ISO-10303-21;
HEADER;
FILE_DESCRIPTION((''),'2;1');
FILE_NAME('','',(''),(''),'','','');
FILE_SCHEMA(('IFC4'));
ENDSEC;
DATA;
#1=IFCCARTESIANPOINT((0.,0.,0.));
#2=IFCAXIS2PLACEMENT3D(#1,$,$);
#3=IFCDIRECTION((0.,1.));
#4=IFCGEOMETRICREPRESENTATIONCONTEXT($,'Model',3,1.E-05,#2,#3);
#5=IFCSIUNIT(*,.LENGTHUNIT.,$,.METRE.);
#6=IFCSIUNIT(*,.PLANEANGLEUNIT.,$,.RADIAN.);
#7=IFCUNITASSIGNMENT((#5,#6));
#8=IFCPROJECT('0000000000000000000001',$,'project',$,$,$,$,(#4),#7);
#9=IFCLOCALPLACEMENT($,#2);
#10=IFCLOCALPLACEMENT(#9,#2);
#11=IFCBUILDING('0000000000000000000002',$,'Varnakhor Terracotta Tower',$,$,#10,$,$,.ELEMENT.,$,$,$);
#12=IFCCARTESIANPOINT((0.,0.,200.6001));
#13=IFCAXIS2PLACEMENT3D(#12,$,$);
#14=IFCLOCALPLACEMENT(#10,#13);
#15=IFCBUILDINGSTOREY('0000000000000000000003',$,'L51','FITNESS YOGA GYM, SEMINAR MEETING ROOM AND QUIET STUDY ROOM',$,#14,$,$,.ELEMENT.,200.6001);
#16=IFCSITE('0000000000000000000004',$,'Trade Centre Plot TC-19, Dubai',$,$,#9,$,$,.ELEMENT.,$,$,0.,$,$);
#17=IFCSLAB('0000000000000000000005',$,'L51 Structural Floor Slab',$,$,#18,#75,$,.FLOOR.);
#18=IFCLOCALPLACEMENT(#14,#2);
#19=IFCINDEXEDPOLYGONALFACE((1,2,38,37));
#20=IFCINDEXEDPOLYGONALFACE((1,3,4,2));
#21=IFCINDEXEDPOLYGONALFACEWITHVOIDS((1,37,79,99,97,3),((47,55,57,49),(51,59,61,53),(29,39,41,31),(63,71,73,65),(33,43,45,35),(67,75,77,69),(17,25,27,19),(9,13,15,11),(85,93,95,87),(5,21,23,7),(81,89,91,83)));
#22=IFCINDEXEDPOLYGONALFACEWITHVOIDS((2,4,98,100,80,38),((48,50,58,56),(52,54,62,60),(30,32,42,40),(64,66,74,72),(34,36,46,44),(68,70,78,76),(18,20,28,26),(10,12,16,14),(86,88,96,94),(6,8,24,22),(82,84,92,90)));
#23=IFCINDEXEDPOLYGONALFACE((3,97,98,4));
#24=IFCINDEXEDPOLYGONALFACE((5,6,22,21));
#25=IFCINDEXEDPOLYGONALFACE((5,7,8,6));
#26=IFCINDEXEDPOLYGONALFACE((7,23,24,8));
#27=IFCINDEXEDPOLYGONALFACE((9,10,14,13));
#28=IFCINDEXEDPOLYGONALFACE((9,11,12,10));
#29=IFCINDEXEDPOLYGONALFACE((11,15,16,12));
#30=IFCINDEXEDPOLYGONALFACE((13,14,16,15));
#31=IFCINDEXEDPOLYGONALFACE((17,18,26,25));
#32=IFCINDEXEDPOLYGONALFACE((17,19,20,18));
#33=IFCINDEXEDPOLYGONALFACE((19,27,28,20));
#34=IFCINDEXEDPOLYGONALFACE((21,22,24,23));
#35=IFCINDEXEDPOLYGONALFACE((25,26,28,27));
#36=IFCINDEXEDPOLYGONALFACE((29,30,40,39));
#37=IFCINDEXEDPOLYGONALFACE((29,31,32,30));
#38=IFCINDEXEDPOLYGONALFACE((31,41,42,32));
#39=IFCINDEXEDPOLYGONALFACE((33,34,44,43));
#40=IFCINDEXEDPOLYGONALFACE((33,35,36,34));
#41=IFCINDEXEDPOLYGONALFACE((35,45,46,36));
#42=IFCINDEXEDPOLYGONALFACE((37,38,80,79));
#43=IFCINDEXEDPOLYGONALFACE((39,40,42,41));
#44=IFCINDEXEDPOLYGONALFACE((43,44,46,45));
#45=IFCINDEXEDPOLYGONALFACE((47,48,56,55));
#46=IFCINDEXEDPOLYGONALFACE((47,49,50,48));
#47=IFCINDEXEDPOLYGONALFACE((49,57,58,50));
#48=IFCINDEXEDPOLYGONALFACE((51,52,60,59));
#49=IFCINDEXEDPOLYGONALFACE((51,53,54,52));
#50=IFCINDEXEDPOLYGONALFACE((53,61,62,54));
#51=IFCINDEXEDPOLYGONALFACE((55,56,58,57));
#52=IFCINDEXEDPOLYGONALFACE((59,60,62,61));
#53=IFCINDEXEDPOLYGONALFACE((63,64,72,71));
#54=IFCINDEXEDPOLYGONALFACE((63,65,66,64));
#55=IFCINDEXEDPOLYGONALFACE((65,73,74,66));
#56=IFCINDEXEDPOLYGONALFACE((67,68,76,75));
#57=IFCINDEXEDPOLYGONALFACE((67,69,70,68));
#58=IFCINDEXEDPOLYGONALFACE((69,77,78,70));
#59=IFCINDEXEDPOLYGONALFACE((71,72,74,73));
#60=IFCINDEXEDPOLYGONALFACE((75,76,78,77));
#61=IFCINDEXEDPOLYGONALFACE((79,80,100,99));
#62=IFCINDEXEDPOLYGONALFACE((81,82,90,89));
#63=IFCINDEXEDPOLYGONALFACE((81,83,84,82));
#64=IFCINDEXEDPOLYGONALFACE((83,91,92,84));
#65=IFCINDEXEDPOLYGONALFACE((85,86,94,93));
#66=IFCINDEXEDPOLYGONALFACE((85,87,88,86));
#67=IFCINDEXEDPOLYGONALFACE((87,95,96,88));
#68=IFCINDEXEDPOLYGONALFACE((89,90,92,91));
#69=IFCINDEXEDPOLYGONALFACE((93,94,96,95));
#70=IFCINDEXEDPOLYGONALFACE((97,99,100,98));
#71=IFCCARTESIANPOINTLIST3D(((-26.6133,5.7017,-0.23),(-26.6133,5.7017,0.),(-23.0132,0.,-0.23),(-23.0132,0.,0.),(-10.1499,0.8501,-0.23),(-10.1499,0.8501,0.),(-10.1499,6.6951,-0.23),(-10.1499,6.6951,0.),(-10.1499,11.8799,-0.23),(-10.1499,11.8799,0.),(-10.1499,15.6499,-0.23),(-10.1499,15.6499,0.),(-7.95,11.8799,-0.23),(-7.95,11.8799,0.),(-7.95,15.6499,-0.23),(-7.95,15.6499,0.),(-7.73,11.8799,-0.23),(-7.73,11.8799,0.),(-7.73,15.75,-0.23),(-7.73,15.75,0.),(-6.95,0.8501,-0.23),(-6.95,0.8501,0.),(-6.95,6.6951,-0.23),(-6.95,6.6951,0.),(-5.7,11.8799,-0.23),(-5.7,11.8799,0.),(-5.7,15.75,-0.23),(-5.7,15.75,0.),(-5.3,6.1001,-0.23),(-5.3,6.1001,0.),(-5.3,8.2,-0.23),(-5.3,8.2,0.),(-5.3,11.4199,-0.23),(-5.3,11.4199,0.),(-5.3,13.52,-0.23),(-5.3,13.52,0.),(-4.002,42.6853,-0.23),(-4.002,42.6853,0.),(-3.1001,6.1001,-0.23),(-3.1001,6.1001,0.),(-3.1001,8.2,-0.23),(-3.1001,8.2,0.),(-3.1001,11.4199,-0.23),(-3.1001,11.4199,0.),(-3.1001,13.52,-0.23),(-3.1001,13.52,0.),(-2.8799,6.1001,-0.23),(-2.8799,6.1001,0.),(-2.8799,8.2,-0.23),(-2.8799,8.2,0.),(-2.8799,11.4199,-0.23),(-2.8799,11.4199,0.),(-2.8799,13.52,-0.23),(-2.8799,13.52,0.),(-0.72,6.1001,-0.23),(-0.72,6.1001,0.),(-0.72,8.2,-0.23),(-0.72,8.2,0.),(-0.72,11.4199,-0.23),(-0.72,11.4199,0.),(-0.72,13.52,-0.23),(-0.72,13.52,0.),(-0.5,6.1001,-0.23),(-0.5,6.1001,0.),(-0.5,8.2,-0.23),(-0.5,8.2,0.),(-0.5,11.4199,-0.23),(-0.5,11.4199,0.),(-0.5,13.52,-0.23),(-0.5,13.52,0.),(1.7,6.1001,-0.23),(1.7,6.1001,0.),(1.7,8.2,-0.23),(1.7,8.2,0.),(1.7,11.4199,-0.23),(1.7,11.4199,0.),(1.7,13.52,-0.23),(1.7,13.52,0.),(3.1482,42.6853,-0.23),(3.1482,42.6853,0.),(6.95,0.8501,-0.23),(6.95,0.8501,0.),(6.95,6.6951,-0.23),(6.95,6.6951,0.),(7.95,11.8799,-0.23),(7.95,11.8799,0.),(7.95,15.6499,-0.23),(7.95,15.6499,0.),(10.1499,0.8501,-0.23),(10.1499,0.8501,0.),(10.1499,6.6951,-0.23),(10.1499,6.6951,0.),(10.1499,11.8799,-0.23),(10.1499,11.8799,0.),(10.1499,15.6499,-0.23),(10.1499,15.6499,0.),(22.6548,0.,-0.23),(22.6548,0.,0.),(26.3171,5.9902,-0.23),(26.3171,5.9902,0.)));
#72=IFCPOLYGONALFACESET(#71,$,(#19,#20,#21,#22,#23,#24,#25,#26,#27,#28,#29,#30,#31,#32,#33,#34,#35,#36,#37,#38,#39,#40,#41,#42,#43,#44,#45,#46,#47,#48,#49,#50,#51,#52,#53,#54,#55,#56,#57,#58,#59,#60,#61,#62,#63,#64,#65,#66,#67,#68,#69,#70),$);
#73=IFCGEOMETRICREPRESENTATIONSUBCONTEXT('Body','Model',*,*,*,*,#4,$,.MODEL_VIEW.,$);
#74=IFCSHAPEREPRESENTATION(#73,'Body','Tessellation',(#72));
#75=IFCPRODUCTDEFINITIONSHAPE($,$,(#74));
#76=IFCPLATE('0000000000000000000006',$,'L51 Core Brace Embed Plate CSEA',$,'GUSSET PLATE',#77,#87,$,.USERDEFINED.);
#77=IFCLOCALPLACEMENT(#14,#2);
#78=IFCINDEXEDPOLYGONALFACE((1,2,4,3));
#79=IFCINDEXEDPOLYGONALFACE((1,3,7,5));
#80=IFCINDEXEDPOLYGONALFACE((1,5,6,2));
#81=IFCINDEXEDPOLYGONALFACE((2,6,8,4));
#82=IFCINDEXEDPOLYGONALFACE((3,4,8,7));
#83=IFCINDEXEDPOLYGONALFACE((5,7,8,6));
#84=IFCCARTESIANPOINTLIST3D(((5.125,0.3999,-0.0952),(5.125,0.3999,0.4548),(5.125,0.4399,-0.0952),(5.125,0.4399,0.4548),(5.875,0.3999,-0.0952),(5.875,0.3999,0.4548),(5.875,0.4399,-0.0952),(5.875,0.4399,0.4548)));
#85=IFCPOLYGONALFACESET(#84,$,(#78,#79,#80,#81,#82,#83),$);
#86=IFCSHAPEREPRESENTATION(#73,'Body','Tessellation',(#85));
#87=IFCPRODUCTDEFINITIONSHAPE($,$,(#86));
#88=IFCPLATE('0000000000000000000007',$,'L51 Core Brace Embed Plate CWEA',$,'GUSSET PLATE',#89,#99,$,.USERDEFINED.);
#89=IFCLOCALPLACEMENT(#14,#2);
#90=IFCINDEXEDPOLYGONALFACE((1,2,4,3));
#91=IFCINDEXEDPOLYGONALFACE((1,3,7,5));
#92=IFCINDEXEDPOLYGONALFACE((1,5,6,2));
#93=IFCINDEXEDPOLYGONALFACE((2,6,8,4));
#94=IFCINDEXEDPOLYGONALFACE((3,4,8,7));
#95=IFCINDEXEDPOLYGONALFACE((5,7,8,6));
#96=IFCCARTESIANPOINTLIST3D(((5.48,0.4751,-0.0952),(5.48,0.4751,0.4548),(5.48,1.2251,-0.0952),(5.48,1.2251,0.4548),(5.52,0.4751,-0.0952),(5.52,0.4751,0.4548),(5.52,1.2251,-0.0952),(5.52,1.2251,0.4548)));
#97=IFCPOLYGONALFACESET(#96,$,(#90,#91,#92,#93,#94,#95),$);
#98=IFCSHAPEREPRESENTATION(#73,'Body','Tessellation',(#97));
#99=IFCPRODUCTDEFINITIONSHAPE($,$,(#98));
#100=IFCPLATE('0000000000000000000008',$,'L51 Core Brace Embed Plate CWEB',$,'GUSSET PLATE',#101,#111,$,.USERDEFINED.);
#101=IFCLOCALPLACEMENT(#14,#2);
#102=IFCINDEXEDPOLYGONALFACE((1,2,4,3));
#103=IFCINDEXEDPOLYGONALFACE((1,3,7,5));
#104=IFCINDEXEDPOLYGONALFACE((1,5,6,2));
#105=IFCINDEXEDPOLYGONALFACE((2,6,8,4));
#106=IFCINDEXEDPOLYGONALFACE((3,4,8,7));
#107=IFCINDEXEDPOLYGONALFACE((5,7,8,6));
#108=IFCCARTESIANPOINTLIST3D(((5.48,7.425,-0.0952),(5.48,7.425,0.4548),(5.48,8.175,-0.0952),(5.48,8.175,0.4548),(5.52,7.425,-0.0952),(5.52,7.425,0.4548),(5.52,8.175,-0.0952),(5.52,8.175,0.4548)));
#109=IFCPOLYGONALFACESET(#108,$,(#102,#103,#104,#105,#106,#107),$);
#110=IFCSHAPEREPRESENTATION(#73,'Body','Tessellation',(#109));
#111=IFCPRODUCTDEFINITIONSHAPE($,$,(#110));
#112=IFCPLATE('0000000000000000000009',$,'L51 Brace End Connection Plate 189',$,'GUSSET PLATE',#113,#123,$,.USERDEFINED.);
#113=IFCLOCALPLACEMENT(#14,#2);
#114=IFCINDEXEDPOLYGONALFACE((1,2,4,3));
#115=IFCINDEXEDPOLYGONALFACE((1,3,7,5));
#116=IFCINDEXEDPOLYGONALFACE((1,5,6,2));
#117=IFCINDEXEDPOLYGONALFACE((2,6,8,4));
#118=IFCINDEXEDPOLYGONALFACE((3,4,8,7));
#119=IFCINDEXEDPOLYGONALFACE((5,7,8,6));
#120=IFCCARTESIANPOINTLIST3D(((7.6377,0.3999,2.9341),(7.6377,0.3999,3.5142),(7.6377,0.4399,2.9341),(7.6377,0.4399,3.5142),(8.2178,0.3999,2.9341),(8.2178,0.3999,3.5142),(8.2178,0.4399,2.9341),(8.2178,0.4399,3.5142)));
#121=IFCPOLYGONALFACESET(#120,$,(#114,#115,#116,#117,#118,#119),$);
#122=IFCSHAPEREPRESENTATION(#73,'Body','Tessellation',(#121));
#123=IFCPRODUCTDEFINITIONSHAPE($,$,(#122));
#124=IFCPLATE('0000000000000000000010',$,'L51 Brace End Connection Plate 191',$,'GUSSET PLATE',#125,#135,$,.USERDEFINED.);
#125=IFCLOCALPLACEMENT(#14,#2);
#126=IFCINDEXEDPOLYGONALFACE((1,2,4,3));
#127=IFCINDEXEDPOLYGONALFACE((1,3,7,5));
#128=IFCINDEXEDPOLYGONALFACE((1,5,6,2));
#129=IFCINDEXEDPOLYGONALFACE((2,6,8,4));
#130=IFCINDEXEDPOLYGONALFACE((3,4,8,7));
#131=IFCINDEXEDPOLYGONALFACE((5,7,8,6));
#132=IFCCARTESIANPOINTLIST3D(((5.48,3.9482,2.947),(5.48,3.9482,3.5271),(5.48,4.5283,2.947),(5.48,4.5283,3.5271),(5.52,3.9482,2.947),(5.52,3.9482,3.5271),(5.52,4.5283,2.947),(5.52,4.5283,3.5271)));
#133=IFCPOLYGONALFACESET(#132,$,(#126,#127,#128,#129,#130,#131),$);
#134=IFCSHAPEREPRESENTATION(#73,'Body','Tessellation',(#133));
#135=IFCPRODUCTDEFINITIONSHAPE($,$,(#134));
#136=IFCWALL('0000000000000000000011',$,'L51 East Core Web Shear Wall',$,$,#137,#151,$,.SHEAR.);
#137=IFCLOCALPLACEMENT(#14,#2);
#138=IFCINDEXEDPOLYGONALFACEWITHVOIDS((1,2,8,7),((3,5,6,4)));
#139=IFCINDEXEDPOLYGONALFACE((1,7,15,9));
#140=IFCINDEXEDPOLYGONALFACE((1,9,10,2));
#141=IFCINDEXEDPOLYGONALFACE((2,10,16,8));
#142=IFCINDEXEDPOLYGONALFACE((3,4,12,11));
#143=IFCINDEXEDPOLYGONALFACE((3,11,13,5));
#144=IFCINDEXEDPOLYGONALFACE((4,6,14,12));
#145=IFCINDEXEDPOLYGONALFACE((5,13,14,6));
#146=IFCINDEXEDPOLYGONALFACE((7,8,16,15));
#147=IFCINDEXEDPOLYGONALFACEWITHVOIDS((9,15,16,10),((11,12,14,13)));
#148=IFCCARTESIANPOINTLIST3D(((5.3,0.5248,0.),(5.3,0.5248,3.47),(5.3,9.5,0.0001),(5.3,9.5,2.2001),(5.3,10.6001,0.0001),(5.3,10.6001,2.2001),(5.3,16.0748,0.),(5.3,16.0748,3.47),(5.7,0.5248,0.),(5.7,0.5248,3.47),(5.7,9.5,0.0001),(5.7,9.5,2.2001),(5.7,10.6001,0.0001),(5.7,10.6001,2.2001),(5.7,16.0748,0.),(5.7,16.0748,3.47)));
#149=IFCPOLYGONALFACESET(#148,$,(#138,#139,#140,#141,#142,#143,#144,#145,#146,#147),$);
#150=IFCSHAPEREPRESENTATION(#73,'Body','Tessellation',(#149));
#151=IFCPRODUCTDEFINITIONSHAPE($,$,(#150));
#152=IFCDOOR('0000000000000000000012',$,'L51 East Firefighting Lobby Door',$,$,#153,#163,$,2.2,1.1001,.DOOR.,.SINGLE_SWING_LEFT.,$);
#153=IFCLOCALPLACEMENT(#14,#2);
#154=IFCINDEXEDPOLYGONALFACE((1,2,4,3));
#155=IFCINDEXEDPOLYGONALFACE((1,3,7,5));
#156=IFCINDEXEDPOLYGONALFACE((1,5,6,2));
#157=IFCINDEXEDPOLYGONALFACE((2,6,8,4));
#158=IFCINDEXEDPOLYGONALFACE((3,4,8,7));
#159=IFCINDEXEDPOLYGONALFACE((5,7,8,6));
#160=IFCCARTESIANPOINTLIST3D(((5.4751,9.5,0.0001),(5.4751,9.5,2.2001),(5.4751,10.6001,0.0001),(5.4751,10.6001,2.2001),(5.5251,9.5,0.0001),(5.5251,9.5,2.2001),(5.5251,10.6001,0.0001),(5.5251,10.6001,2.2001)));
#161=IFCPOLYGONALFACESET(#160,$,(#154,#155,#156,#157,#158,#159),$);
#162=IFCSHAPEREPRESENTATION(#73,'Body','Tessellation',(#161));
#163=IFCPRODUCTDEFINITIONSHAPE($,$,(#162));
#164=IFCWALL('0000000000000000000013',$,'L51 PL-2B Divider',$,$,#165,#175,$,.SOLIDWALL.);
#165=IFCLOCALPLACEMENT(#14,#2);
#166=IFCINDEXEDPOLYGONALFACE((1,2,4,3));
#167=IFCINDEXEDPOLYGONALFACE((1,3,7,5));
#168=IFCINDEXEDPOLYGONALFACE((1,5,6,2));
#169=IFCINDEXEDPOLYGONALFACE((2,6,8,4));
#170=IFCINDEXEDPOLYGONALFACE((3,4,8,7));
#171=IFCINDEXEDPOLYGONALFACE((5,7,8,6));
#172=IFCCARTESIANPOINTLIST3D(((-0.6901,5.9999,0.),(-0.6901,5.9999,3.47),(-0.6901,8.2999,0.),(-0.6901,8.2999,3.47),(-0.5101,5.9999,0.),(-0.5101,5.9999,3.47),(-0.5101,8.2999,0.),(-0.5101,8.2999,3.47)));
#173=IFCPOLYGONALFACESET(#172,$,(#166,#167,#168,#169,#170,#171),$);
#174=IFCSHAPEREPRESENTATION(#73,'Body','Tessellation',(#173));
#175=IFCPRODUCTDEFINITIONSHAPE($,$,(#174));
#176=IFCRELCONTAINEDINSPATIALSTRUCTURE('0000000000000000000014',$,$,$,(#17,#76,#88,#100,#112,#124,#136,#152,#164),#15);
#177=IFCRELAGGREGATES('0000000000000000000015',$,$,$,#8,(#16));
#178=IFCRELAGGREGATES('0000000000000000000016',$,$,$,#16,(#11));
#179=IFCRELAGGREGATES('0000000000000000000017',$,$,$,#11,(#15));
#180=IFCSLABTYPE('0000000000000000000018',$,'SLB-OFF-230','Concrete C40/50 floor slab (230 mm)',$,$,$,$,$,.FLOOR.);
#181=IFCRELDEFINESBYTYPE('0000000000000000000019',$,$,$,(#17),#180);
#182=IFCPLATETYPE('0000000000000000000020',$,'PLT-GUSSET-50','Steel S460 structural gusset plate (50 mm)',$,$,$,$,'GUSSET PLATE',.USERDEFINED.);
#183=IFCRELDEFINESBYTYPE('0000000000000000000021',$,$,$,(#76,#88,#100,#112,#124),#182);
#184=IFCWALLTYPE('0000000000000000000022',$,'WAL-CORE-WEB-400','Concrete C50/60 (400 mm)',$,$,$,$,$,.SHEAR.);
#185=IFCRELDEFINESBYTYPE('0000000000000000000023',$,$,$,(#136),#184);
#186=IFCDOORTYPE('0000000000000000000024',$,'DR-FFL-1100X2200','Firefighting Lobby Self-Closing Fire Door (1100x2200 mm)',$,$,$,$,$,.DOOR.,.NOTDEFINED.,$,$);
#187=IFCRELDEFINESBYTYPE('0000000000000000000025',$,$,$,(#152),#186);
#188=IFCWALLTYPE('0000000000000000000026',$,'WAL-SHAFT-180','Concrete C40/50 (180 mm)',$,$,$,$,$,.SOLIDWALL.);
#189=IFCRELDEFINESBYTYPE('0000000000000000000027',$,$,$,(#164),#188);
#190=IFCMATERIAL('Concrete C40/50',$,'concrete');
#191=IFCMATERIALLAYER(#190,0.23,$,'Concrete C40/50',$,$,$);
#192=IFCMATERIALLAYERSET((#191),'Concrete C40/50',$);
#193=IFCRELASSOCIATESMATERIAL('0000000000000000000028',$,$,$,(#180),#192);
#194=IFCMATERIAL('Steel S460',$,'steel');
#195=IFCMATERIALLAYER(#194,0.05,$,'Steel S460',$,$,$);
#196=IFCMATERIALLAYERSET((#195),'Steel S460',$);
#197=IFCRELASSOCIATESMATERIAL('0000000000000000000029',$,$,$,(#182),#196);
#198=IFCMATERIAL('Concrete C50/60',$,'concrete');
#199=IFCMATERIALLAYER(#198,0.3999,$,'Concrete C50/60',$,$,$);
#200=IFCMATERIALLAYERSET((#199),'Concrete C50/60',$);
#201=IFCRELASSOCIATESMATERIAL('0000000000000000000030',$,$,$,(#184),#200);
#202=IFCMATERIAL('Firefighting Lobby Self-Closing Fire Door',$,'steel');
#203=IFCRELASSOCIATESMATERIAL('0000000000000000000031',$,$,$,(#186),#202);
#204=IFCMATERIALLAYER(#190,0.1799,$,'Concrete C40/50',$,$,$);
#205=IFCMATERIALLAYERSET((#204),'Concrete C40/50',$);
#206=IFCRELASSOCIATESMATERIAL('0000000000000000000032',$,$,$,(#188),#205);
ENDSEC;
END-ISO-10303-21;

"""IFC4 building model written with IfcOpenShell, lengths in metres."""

from ifc_helpers import new_model, si_unit, direction, frame, frame_2d, origin, origin_2d, place, context, subcontext, project, spatial, polyline, rectangle, outline, extrude, source, transform, mapped, material, layer, layer_set, type_object, type_shapes, element, fill, save


model = new_model("IFC4")

# Units and contexts
model_context = context("Model", 3, precision=1e-05, world=origin(), true_north=direction((0.0, 1.0)))
body_context = subcontext(model_context, "Body", "Model", "MODEL_VIEW")
ifc_project = project(units=[si_unit("LENGTHUNIT", "METRE"), si_unit("PLANEANGLEUNIT", "RADIAN")], contexts=[model_context])

# Site, building, storey
site_placement = place(None, origin())
site = spatial("IfcSite", under=ifc_project, at=site_placement, Name="Trade Centre Plot TC-19, Dubai", CompositionType="ELEMENT", RefElevation=0.0)
building_placement = place(site_placement, origin())
building = spatial("IfcBuilding", under=site, at=building_placement, Name="Varnakhor Terracotta Tower", CompositionType="ELEMENT")
storey_placement = place(building_placement, frame((0.0, 0.0, 200.6001)))
storey = spatial("IfcBuildingStorey", under=building, at=storey_placement, Name="L51", Description="FITNESS YOGA GYM, SEMINAR MEETING ROOM AND QUIET STUDY ROOM", CompositionType="ELEMENT", Elevation=200.6001)

# Shared definitions
ifc_material_1 = material(Name="Concrete C50/60", Category="concrete")

# Shared definitions
ifc_material_2 = material(Name="Steel S460", Category="steel")

# Shared definitions
ifc_material_3 = material(Name="Concrete C40/50", Category="concrete")

# Slab
ifc_layer_1 = layer(ifc_material_3, 0.23, Name="Concrete C40/50")
ifc_layer_set_1 = layer_set([ifc_layer_1], Name="Concrete C40/50")
slab_type_1 = type_object("IfcSlabType", Name="SLB-OFF-230", Description="Concrete C40/50 floor slab (230 mm)", PredefinedType="FLOOR", material=ifc_layer_set_1)
slab_1_placement = place(storey_placement, frame((0.0, 0.0, -0.23)))
element("IfcSlab", 1, at=slab_1_placement, inside=storey, type_object=slab_type_1, Name="L51 Structural Floor Slab", PredefinedType="FLOOR", context=body_context, shape_type="SweptSolid", body=[
    extrude(outline(polyline([(-26.6133, 5.7017), (-4.002, 42.6853), (3.1482, 42.6853), (26.3171, 5.9902), (22.6548, 0.0), (-23.0132, 0.0), (-26.6133, 5.7017)]), holes=[polyline([(-6.95, 0.8501), (-6.95, 6.6951), (-10.1499, 6.6951), (-10.1499, 0.8501), (-6.95, 0.8501)]), polyline([(-3.1001, 6.1001), (-3.1001, 8.2), (-5.3, 8.2), (-5.3, 6.1001), (-3.1001, 6.1001)]), polyline([(-0.72, 6.1001), (-0.72, 8.2), (-2.8799, 8.2), (-2.8799, 6.1001), (-0.72, 6.1001)]), polyline([(-5.3, 11.4199), (-3.1001, 11.4199), (-3.1001, 13.52), (-5.3, 13.52), (-5.3, 11.4199)]), polyline([(-10.1499, 11.8799), (-7.95, 11.8799), (-7.95, 15.6499), (-10.1499, 15.6499), (-10.1499, 11.8799)]), polyline([(-5.7, 11.8799), (-5.7, 15.75), (-7.73, 15.75), (-7.73, 11.8799), (-5.7, 11.8799)]), polyline([(6.95, 0.8501), (10.1499, 0.8501), (10.1499, 6.6951), (6.95, 6.6951), (6.95, 0.8501)]), polyline([(-0.5, 6.1001), (1.7, 6.1001), (1.7, 8.2), (-0.5, 8.2), (-0.5, 6.1001)]), polyline([(-0.72, 11.4199), (-0.72, 13.52), (-2.8799, 13.52), (-2.8799, 11.4199), (-0.72, 11.4199)]), polyline([(-0.5, 11.4199), (1.7, 11.4199), (1.7, 13.52), (-0.5, 13.52), (-0.5, 11.4199)]), polyline([(7.95, 11.8799), (10.1499, 11.8799), (10.1499, 15.6499), (7.95, 15.6499), (7.95, 11.8799)])]), origin(), (0.0, 0.0, 1.0), 0.23),
])

# Plates
ifc_layer_2 = layer(ifc_material_2, 0.05, Name="Steel S460")
ifc_layer_set_2 = layer_set([ifc_layer_2], Name="Steel S460")
plate_type = type_object("IfcPlateType", Name="PLT-GUSSET-50", Description="Steel S460 structural gusset plate (50 mm)", ElementType="GUSSET PLATE", PredefinedType="USERDEFINED", material=ifc_layer_set_2)
shared_shape_1 = source(origin(), body_context, "Body", "SweptSolid", [
    extrude(rectangle(XDim=0.75, YDim=0.04, at=origin_2d()), origin(), (0.0, 0.0, 1.0), 0.55),
])
type_shapes(plate_type, [shared_shape_1])
for number, where, z_axis, x_axis, name in (
    (2, (5.5, 0.4199, -0.0952), (0.0, 0.0, 1.0), (1.0, 0.0, 0.0), "L51 Core Brace Embed Plate CSEA"),
    (3, (5.5, 0.8501, -0.0952), (0.0, 0.0, 1.0), (0.0, 1.0, 0.0), "L51 Core Brace Embed Plate CWEA"),
    (4, (5.5, 7.8, -0.0952), (0.0, 0.0, 1.0), (0.0, 1.0, 0.0), "L51 Core Brace Embed Plate CWEB"),
):
    element("IfcPlate", number, at=place(storey_placement, frame(where, z_axis=z_axis, x_axis=x_axis)), inside=storey, type_object=plate_type, Name=name, ObjectType="GUSSET PLATE", PredefinedType="USERDEFINED", context=body_context, shape_type="MappedRepresentation", body=[
        mapped(shared_shape_1, transform((0.0, 0.0, 0.0), scale=1.0)),
    ])
shared_shape_2 = source(origin(), body_context, "Body", "SweptSolid", [
    extrude(rectangle(XDim=0.5801, YDim=0.04, at=origin_2d()), origin(), (0.0, 0.0, 1.0), 0.5801),
])
for number, where, z_axis, x_axis, name in (
    (5, (7.9277, 0.4199, 2.9341), (0.0, 0.0, 1.0), (1.0, 0.0, 0.0), "L51 Brace End Connection Plate 189"),
    (6, (5.5, 4.2383, 2.947), (0.0, 0.0, 1.0), (0.0, 1.0, 0.0), "L51 Brace End Connection Plate 191"),
):
    element("IfcPlate", number, at=place(storey_placement, frame(where, z_axis=z_axis, x_axis=x_axis)), inside=storey, type_object=plate_type, Name=name, ObjectType="GUSSET PLATE", PredefinedType="USERDEFINED", context=body_context, shape_type="MappedRepresentation", body=[
        mapped(shared_shape_2, transform((0.0, 0.0, 0.0), scale=1.0)),
    ])

# Wall, opening, door
ifc_layer_3 = layer(ifc_material_1, 0.3999, Name="Concrete C50/60")
ifc_layer_set_3 = layer_set([ifc_layer_3], Name="Concrete C50/60")
wall_type_1 = type_object("IfcWallType", Name="WAL-CORE-WEB-400", Description="Concrete C50/60 (400 mm)", PredefinedType="SHEAR", material=ifc_layer_set_3)
wall_1_placement = place(storey_placement, frame((5.5, 0.5249, 0.0), z_axis=(0.0, 0.0, 1.0), x_axis=(0.0, 1.0, 0.0)))
wall_1 = element("IfcWall", 7, at=wall_1_placement, inside=storey, type_object=wall_type_1, Name="L51 East Core Web Shear Wall", PredefinedType="SHEAR", context=body_context, shape_type="SweptSolid", body=[
    extrude(rectangle(XDim=15.55, YDim=0.3999, at=frame_2d((7.7749, 0.0))), origin(), (0.0, 0.0, 1.0), 3.47),
])
opening_1_placement = place(wall_1_placement, frame((8.9751, 0.0, 0.0)))
opening_1 = element("IfcOpeningElement", 8, at=opening_1_placement, cuts=wall_1, PredefinedType="OPENING", context=body_context, shape_type="SweptSolid", body=[
    extrude(rectangle(XDim=1.1001, YDim=2.2, at=frame_2d((0.55, 1.1001))), frame((0.0, 0.21, 0.0), z_axis=(0.0, -1.0, 0.0), x_axis=(1.0, 0.0, 0.0)), (0.0, 0.0, 1.0), 0.4199),
])
ifc_material_4 = material(Name="Firefighting Lobby Self-Closing Fire Door", Category="steel")
door_type_1 = type_object("IfcDoorType", Name="DR-FFL-1100X2200", Description="Firefighting Lobby Self-Closing Fire Door (1100x2200 mm)", OperationType="NOTDEFINED", PredefinedType="DOOR", material=ifc_material_4)
shared_shape_3 = source(origin(), body_context, "Body", "SweptSolid", [
    extrude(rectangle(XDim=1.1001, YDim=2.2, at=frame_2d((0.55, 1.1001))), frame((0.0, 0.0249, 0.0), z_axis=(0.0, -1.0, 0.0), x_axis=(1.0, 0.0, 0.0)), (0.0, 0.0, 1.0), 0.05),
])
type_shapes(door_type_1, [shared_shape_3])
door_1_placement = place(opening_1_placement, origin())
door_1 = element("IfcDoor", 9, at=door_1_placement, inside=storey, type_object=door_type_1, Name="L51 East Firefighting Lobby Door", OperationType="SINGLE_SWING_LEFT", OverallHeight=2.2, OverallWidth=1.1001, PredefinedType="DOOR", context=body_context, shape_type="MappedRepresentation", body=[
    mapped(shared_shape_3, transform((0.0, 0.0, 0.0), scale=1.0)),
])
fill(opening_1, door_1)

# Wall
ifc_layer_4 = layer(ifc_material_3, 0.1799, Name="Concrete C40/50")
ifc_layer_set_4 = layer_set([ifc_layer_4], Name="Concrete C40/50")
wall_type_2 = type_object("IfcWallType", Name="WAL-SHAFT-180", Description="Concrete C40/50 (180 mm)", PredefinedType="SOLIDWALL", material=ifc_layer_set_4)
wall_2_placement = place(storey_placement, frame((-0.6001, 6.0, 0.0), z_axis=(0.0, 0.0, 1.0), x_axis=(0.0, 1.0, 0.0)))
element("IfcWall", 10, at=wall_2_placement, inside=storey, type_object=wall_type_2, Name="L51 PL-2B Divider", PredefinedType="SOLIDWALL", context=body_context, shape_type="SweptSolid", body=[
    extrude(rectangle(XDim=2.3, YDim=0.1799, at=frame_2d((1.1499, 0.0))), origin(), (0.0, 0.0, 1.0), 3.47),
])

save(model, "model.ifc")
